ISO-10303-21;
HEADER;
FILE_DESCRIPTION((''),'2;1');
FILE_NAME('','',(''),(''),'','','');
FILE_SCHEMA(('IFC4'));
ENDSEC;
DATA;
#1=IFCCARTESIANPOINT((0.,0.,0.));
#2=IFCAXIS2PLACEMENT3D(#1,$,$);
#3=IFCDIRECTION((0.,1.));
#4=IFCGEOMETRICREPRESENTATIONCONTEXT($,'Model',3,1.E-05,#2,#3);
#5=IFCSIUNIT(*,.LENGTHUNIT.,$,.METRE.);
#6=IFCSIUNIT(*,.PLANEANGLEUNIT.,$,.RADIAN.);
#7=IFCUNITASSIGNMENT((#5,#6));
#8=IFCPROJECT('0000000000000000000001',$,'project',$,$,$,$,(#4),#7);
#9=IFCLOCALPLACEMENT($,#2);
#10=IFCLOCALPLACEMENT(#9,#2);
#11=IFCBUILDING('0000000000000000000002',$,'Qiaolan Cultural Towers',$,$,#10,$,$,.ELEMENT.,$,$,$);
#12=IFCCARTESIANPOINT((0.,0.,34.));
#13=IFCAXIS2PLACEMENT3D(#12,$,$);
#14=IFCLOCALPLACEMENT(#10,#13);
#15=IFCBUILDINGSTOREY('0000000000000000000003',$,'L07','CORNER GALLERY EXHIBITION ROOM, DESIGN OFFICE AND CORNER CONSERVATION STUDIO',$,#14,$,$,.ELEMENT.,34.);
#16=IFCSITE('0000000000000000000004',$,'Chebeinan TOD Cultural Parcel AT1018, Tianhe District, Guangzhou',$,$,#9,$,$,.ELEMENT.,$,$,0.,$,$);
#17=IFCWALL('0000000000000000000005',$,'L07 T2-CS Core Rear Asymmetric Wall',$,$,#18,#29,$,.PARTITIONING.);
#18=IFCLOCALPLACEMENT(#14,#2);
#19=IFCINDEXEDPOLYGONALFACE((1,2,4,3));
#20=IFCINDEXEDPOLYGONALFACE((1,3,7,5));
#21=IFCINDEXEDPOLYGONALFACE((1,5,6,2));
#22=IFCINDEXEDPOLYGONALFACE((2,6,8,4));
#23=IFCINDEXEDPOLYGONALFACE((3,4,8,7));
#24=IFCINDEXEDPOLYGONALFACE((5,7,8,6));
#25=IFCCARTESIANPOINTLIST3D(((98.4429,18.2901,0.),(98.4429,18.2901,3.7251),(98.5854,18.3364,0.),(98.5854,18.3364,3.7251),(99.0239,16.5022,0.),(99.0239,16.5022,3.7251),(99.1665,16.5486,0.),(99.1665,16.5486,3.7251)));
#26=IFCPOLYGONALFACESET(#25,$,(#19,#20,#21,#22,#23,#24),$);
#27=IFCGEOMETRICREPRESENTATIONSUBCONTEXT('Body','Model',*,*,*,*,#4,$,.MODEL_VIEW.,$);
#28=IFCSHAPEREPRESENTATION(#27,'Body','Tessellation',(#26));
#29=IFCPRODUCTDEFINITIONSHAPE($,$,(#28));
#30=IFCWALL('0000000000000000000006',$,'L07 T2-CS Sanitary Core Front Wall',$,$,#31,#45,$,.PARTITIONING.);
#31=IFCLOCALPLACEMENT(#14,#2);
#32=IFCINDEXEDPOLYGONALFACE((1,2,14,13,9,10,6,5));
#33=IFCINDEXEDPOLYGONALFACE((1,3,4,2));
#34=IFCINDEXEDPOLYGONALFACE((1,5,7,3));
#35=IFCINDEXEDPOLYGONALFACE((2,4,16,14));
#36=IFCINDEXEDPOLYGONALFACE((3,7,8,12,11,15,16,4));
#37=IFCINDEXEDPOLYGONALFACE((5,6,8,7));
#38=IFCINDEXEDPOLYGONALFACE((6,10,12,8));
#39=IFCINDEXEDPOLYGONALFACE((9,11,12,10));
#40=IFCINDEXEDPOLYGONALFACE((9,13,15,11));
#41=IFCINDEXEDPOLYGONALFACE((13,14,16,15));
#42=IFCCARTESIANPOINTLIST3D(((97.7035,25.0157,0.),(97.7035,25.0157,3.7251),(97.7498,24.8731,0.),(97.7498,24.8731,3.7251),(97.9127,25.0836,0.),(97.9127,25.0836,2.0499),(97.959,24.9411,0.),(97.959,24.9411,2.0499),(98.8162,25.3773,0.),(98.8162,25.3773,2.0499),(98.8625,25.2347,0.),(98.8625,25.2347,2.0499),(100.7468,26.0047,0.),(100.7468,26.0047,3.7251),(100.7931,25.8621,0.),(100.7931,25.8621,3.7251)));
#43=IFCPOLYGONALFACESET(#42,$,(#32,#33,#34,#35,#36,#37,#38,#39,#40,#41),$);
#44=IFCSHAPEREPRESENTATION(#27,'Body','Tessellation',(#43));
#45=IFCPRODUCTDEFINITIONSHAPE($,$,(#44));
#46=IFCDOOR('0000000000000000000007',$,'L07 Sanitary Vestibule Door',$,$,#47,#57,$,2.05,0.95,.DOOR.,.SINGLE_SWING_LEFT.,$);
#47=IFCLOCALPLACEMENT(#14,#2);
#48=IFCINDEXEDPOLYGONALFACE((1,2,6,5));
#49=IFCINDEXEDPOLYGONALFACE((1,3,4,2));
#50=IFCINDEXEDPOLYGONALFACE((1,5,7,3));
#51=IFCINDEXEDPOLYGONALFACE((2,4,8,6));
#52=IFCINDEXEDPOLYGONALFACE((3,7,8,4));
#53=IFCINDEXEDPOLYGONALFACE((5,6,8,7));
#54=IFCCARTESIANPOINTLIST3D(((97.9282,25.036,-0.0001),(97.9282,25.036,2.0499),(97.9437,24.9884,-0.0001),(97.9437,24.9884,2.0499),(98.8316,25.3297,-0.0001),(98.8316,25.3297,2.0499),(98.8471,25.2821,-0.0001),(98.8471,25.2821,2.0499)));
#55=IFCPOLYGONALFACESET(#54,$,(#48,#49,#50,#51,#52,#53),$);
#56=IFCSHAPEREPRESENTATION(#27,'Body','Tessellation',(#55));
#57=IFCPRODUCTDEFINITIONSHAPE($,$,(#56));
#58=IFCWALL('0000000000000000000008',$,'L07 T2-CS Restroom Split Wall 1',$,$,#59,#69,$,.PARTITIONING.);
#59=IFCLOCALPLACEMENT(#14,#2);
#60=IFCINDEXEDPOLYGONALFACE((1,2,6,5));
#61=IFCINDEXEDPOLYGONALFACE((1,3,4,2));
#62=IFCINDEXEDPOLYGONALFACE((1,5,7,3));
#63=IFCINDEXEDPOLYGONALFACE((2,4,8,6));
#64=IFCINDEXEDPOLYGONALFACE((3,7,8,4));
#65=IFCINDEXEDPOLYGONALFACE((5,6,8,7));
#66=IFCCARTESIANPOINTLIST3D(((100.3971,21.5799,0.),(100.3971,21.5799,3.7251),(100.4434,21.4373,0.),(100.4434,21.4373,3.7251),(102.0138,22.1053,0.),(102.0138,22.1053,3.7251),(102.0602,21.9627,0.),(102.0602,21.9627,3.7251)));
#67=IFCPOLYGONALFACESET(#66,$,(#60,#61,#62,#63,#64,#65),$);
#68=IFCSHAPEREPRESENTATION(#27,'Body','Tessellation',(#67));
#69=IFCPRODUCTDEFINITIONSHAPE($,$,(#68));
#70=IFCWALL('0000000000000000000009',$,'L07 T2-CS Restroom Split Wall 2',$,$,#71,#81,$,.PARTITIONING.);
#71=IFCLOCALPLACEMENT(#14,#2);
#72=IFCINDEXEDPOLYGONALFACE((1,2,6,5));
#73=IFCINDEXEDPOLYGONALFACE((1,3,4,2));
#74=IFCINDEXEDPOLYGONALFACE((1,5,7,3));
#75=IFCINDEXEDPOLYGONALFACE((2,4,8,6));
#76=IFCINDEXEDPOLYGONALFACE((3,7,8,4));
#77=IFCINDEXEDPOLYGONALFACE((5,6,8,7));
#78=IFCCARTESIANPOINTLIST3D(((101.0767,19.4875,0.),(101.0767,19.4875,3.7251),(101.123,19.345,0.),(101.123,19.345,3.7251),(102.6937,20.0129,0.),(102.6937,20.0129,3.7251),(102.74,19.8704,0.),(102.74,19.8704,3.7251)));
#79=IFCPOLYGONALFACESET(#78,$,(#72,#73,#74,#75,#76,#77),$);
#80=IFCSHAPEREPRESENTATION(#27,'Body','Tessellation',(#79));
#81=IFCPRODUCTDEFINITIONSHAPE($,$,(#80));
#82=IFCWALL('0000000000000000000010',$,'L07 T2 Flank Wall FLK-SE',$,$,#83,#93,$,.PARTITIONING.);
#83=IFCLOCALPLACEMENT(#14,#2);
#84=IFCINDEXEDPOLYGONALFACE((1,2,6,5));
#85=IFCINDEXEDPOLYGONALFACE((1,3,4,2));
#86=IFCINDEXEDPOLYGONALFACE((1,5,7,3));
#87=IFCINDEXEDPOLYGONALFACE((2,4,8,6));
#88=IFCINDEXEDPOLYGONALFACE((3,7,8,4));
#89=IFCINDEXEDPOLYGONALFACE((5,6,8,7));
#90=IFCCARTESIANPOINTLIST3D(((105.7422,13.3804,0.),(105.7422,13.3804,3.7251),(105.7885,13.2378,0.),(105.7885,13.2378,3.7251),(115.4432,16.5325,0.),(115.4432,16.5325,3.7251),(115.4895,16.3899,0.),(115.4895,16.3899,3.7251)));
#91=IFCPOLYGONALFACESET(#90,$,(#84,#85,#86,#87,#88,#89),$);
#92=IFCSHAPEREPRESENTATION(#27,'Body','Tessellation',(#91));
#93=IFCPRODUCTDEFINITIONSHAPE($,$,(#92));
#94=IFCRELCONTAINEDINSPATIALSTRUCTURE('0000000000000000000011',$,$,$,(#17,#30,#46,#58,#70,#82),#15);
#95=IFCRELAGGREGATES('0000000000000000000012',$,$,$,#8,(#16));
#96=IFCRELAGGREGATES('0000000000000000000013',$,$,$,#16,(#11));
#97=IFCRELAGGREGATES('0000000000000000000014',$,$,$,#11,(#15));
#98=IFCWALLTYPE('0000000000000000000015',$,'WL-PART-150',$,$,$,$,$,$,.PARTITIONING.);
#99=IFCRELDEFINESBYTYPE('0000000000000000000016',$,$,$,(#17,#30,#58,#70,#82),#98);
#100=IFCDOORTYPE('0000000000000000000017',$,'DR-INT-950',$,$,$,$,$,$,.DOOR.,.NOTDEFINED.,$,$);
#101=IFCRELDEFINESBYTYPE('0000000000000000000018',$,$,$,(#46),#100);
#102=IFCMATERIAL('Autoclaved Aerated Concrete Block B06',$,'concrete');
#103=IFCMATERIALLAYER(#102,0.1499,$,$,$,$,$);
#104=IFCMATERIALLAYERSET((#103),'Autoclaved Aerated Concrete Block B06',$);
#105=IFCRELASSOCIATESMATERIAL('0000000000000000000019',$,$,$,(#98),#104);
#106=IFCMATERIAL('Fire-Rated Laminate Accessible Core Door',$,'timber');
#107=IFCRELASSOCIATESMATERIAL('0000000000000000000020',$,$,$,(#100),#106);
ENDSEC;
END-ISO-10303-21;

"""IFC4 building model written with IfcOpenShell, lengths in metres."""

from ifc_helpers import new_model, si_unit, direction, frame, frame_2d, origin, place, context, subcontext, project, spatial, rectangle, extrude, material, layer, layer_set, type_object, element, fill, save


model = new_model("IFC4")

# Units and contexts
model_context = context("Model", 3, precision=1e-05, world=origin(), true_north=direction((0.0, 1.0)))
body_context = subcontext(model_context, "Body", "Model", "MODEL_VIEW")
ifc_project = project(units=[si_unit("LENGTHUNIT", "METRE"), si_unit("PLANEANGLEUNIT", "RADIAN")], contexts=[model_context])

# Site, building, storey
site_placement = place(None, origin())
site = spatial("IfcSite", under=ifc_project, at=site_placement, Name="Chebeinan TOD Cultural Parcel AT1018, Tianhe District, Guangzhou", CompositionType="ELEMENT", RefElevation=0.0)
building_placement = place(site_placement, origin())
building = spatial("IfcBuilding", under=site, at=building_placement, Name="Qiaolan Cultural Towers", CompositionType="ELEMENT")
storey_placement = place(building_placement, frame((0.0, 0.0, 34.0)))
storey = spatial("IfcBuildingStorey", under=building, at=storey_placement, Name="L07", Description="CORNER GALLERY EXHIBITION ROOM, DESIGN OFFICE AND CORNER CONSERVATION STUDIO", CompositionType="ELEMENT", Elevation=34.0)

# Shared definitions
ifc_material_1 = material(Name="Autoclaved Aerated Concrete Block B06", Category="concrete")
ifc_layer_1 = layer(ifc_material_1, 0.1499)
ifc_layer_set_1 = layer_set([ifc_layer_1], Name="Autoclaved Aerated Concrete Block B06")
wall_type_1 = type_object("IfcWallType", Name="WL-PART-150", PredefinedType="PARTITIONING", material=ifc_layer_set_1)

# Wall
wall_1_placement = place(storey_placement, frame((98.5142, 18.3132, 0.0), z_axis=(0.0, 0.0, 1.0), x_axis=(0.309089, -0.951033, 0.0)))
element("IfcWall", 1, at=wall_1_placement, inside=storey, type_object=wall_type_1, Name="L07 T2-CS Core Rear Asymmetric Wall", PredefinedType="PARTITIONING", context=body_context, shape_type="SweptSolid", body=[
    extrude(rectangle(XDim=1.8799, YDim=0.1499, at=frame_2d((0.9399, 0.0))), origin(), (0.0, 0.0, 1.0), 3.7251),
])

# Wall, opening, door
wall_2_placement = place(storey_placement, frame((97.7266, 24.9443, 0.0), z_axis=(0.0, 0.0, 1.0), x_axis=(0.951037, 0.309077, 0.0)))
wall_2 = element("IfcWall", 2, at=wall_2_placement, inside=storey, type_object=wall_type_1, Name="L07 T2-CS Sanitary Core Front Wall", PredefinedType="PARTITIONING", context=body_context, shape_type="SweptSolid", body=[
    extrude(rectangle(XDim=3.2, YDim=0.1499, at=frame_2d((1.6001, 0.0))), origin(), (0.0, 0.0, 1.0), 3.7251),
])
opening_1_placement = place(wall_2_placement, frame((0.22, 0.0, 0.0)))
opening_1 = element("IfcOpeningElement", 3, at=opening_1_placement, cuts=wall_2, PredefinedType="OPENING", context=body_context, shape_type="SweptSolid", body=[
    extrude(rectangle(XDim=0.95, YDim=2.05, at=frame_2d((0.4751, 1.0249))), frame((0.0, 0.085, 0.0), z_axis=(0.0, -1.0, 0.0), x_axis=(1.0, 0.0, 0.0)), (0.0, 0.0, 1.0), 0.1699),
])
ifc_material_2 = material(Name="Fire-Rated Laminate Accessible Core Door", Category="timber")
door_type_1 = type_object("IfcDoorType", Name="DR-INT-950", OperationType="NOTDEFINED", PredefinedType="DOOR", material=ifc_material_2)
door_1_placement = place(opening_1_placement, origin())
door_1 = element("IfcDoor", 4, at=door_1_placement, inside=storey, type_object=door_type_1, Name="L07 Sanitary Vestibule Door", OperationType="SINGLE_SWING_LEFT", OverallHeight=2.05, OverallWidth=0.95, PredefinedType="DOOR", context=body_context, shape_type="SweptSolid", body=[
    extrude(rectangle(XDim=0.95, YDim=2.05, at=frame_2d((0.4751, 1.0249))), frame((0.0, 0.0249, 0.0), z_axis=(0.0, -1.0, 0.0), x_axis=(1.0, 0.0, 0.0)), (0.0, 0.0, 1.0), 0.05),
])
fill(opening_1, door_1)

# Walls
wall_3_placement = place(storey_placement, frame((100.4202, 21.5085, 0.0), z_axis=(0.0, 0.0, 1.0), x_axis=(0.95104, 0.309067, 0.0)))
element("IfcWall", 5, at=wall_3_placement, inside=storey, type_object=wall_type_1, Name="L07 T2-CS Restroom Split Wall 1", PredefinedType="PARTITIONING", context=body_context, shape_type="SweptSolid", body=[
    extrude(rectangle(XDim=1.7, YDim=0.1499, at=frame_2d((0.8501, 0.0))), origin(), (0.0, 0.0, 1.0), 3.7251),
])
wall_4_placement = place(storey_placement, frame((101.0999, 19.4163, 0.0), z_axis=(0.0, 0.0, 1.0), x_axis=(0.951054, 0.309024, 0.0)))
element("IfcWall", 6, at=wall_4_placement, inside=storey, type_object=wall_type_1, Name="L07 T2-CS Restroom Split Wall 2", PredefinedType="PARTITIONING", context=body_context, shape_type="SweptSolid", body=[
    extrude(rectangle(XDim=1.7002, YDim=0.1499, at=frame_2d((0.8501, 0.0))), origin(), (0.0, 0.0, 1.0), 3.7251),
])
wall_5_placement = place(storey_placement, frame((105.7654, 13.3091, 0.0), z_axis=(0.0, 0.0, 1.0), x_axis=(0.951054, 0.309024, 0.0)))
element("IfcWall", 7, at=wall_5_placement, inside=storey, type_object=wall_type_1, Name="L07 T2 Flank Wall FLK-SE", PredefinedType="PARTITIONING", context=body_context, shape_type="SweptSolid", body=[
    extrude(rectangle(XDim=10.2002, YDim=0.1499, at=frame_2d((5.1001, 0.0))), origin(), (0.0, 0.0, 1.0), 3.7251),
])

save(model, "model.ifc")
